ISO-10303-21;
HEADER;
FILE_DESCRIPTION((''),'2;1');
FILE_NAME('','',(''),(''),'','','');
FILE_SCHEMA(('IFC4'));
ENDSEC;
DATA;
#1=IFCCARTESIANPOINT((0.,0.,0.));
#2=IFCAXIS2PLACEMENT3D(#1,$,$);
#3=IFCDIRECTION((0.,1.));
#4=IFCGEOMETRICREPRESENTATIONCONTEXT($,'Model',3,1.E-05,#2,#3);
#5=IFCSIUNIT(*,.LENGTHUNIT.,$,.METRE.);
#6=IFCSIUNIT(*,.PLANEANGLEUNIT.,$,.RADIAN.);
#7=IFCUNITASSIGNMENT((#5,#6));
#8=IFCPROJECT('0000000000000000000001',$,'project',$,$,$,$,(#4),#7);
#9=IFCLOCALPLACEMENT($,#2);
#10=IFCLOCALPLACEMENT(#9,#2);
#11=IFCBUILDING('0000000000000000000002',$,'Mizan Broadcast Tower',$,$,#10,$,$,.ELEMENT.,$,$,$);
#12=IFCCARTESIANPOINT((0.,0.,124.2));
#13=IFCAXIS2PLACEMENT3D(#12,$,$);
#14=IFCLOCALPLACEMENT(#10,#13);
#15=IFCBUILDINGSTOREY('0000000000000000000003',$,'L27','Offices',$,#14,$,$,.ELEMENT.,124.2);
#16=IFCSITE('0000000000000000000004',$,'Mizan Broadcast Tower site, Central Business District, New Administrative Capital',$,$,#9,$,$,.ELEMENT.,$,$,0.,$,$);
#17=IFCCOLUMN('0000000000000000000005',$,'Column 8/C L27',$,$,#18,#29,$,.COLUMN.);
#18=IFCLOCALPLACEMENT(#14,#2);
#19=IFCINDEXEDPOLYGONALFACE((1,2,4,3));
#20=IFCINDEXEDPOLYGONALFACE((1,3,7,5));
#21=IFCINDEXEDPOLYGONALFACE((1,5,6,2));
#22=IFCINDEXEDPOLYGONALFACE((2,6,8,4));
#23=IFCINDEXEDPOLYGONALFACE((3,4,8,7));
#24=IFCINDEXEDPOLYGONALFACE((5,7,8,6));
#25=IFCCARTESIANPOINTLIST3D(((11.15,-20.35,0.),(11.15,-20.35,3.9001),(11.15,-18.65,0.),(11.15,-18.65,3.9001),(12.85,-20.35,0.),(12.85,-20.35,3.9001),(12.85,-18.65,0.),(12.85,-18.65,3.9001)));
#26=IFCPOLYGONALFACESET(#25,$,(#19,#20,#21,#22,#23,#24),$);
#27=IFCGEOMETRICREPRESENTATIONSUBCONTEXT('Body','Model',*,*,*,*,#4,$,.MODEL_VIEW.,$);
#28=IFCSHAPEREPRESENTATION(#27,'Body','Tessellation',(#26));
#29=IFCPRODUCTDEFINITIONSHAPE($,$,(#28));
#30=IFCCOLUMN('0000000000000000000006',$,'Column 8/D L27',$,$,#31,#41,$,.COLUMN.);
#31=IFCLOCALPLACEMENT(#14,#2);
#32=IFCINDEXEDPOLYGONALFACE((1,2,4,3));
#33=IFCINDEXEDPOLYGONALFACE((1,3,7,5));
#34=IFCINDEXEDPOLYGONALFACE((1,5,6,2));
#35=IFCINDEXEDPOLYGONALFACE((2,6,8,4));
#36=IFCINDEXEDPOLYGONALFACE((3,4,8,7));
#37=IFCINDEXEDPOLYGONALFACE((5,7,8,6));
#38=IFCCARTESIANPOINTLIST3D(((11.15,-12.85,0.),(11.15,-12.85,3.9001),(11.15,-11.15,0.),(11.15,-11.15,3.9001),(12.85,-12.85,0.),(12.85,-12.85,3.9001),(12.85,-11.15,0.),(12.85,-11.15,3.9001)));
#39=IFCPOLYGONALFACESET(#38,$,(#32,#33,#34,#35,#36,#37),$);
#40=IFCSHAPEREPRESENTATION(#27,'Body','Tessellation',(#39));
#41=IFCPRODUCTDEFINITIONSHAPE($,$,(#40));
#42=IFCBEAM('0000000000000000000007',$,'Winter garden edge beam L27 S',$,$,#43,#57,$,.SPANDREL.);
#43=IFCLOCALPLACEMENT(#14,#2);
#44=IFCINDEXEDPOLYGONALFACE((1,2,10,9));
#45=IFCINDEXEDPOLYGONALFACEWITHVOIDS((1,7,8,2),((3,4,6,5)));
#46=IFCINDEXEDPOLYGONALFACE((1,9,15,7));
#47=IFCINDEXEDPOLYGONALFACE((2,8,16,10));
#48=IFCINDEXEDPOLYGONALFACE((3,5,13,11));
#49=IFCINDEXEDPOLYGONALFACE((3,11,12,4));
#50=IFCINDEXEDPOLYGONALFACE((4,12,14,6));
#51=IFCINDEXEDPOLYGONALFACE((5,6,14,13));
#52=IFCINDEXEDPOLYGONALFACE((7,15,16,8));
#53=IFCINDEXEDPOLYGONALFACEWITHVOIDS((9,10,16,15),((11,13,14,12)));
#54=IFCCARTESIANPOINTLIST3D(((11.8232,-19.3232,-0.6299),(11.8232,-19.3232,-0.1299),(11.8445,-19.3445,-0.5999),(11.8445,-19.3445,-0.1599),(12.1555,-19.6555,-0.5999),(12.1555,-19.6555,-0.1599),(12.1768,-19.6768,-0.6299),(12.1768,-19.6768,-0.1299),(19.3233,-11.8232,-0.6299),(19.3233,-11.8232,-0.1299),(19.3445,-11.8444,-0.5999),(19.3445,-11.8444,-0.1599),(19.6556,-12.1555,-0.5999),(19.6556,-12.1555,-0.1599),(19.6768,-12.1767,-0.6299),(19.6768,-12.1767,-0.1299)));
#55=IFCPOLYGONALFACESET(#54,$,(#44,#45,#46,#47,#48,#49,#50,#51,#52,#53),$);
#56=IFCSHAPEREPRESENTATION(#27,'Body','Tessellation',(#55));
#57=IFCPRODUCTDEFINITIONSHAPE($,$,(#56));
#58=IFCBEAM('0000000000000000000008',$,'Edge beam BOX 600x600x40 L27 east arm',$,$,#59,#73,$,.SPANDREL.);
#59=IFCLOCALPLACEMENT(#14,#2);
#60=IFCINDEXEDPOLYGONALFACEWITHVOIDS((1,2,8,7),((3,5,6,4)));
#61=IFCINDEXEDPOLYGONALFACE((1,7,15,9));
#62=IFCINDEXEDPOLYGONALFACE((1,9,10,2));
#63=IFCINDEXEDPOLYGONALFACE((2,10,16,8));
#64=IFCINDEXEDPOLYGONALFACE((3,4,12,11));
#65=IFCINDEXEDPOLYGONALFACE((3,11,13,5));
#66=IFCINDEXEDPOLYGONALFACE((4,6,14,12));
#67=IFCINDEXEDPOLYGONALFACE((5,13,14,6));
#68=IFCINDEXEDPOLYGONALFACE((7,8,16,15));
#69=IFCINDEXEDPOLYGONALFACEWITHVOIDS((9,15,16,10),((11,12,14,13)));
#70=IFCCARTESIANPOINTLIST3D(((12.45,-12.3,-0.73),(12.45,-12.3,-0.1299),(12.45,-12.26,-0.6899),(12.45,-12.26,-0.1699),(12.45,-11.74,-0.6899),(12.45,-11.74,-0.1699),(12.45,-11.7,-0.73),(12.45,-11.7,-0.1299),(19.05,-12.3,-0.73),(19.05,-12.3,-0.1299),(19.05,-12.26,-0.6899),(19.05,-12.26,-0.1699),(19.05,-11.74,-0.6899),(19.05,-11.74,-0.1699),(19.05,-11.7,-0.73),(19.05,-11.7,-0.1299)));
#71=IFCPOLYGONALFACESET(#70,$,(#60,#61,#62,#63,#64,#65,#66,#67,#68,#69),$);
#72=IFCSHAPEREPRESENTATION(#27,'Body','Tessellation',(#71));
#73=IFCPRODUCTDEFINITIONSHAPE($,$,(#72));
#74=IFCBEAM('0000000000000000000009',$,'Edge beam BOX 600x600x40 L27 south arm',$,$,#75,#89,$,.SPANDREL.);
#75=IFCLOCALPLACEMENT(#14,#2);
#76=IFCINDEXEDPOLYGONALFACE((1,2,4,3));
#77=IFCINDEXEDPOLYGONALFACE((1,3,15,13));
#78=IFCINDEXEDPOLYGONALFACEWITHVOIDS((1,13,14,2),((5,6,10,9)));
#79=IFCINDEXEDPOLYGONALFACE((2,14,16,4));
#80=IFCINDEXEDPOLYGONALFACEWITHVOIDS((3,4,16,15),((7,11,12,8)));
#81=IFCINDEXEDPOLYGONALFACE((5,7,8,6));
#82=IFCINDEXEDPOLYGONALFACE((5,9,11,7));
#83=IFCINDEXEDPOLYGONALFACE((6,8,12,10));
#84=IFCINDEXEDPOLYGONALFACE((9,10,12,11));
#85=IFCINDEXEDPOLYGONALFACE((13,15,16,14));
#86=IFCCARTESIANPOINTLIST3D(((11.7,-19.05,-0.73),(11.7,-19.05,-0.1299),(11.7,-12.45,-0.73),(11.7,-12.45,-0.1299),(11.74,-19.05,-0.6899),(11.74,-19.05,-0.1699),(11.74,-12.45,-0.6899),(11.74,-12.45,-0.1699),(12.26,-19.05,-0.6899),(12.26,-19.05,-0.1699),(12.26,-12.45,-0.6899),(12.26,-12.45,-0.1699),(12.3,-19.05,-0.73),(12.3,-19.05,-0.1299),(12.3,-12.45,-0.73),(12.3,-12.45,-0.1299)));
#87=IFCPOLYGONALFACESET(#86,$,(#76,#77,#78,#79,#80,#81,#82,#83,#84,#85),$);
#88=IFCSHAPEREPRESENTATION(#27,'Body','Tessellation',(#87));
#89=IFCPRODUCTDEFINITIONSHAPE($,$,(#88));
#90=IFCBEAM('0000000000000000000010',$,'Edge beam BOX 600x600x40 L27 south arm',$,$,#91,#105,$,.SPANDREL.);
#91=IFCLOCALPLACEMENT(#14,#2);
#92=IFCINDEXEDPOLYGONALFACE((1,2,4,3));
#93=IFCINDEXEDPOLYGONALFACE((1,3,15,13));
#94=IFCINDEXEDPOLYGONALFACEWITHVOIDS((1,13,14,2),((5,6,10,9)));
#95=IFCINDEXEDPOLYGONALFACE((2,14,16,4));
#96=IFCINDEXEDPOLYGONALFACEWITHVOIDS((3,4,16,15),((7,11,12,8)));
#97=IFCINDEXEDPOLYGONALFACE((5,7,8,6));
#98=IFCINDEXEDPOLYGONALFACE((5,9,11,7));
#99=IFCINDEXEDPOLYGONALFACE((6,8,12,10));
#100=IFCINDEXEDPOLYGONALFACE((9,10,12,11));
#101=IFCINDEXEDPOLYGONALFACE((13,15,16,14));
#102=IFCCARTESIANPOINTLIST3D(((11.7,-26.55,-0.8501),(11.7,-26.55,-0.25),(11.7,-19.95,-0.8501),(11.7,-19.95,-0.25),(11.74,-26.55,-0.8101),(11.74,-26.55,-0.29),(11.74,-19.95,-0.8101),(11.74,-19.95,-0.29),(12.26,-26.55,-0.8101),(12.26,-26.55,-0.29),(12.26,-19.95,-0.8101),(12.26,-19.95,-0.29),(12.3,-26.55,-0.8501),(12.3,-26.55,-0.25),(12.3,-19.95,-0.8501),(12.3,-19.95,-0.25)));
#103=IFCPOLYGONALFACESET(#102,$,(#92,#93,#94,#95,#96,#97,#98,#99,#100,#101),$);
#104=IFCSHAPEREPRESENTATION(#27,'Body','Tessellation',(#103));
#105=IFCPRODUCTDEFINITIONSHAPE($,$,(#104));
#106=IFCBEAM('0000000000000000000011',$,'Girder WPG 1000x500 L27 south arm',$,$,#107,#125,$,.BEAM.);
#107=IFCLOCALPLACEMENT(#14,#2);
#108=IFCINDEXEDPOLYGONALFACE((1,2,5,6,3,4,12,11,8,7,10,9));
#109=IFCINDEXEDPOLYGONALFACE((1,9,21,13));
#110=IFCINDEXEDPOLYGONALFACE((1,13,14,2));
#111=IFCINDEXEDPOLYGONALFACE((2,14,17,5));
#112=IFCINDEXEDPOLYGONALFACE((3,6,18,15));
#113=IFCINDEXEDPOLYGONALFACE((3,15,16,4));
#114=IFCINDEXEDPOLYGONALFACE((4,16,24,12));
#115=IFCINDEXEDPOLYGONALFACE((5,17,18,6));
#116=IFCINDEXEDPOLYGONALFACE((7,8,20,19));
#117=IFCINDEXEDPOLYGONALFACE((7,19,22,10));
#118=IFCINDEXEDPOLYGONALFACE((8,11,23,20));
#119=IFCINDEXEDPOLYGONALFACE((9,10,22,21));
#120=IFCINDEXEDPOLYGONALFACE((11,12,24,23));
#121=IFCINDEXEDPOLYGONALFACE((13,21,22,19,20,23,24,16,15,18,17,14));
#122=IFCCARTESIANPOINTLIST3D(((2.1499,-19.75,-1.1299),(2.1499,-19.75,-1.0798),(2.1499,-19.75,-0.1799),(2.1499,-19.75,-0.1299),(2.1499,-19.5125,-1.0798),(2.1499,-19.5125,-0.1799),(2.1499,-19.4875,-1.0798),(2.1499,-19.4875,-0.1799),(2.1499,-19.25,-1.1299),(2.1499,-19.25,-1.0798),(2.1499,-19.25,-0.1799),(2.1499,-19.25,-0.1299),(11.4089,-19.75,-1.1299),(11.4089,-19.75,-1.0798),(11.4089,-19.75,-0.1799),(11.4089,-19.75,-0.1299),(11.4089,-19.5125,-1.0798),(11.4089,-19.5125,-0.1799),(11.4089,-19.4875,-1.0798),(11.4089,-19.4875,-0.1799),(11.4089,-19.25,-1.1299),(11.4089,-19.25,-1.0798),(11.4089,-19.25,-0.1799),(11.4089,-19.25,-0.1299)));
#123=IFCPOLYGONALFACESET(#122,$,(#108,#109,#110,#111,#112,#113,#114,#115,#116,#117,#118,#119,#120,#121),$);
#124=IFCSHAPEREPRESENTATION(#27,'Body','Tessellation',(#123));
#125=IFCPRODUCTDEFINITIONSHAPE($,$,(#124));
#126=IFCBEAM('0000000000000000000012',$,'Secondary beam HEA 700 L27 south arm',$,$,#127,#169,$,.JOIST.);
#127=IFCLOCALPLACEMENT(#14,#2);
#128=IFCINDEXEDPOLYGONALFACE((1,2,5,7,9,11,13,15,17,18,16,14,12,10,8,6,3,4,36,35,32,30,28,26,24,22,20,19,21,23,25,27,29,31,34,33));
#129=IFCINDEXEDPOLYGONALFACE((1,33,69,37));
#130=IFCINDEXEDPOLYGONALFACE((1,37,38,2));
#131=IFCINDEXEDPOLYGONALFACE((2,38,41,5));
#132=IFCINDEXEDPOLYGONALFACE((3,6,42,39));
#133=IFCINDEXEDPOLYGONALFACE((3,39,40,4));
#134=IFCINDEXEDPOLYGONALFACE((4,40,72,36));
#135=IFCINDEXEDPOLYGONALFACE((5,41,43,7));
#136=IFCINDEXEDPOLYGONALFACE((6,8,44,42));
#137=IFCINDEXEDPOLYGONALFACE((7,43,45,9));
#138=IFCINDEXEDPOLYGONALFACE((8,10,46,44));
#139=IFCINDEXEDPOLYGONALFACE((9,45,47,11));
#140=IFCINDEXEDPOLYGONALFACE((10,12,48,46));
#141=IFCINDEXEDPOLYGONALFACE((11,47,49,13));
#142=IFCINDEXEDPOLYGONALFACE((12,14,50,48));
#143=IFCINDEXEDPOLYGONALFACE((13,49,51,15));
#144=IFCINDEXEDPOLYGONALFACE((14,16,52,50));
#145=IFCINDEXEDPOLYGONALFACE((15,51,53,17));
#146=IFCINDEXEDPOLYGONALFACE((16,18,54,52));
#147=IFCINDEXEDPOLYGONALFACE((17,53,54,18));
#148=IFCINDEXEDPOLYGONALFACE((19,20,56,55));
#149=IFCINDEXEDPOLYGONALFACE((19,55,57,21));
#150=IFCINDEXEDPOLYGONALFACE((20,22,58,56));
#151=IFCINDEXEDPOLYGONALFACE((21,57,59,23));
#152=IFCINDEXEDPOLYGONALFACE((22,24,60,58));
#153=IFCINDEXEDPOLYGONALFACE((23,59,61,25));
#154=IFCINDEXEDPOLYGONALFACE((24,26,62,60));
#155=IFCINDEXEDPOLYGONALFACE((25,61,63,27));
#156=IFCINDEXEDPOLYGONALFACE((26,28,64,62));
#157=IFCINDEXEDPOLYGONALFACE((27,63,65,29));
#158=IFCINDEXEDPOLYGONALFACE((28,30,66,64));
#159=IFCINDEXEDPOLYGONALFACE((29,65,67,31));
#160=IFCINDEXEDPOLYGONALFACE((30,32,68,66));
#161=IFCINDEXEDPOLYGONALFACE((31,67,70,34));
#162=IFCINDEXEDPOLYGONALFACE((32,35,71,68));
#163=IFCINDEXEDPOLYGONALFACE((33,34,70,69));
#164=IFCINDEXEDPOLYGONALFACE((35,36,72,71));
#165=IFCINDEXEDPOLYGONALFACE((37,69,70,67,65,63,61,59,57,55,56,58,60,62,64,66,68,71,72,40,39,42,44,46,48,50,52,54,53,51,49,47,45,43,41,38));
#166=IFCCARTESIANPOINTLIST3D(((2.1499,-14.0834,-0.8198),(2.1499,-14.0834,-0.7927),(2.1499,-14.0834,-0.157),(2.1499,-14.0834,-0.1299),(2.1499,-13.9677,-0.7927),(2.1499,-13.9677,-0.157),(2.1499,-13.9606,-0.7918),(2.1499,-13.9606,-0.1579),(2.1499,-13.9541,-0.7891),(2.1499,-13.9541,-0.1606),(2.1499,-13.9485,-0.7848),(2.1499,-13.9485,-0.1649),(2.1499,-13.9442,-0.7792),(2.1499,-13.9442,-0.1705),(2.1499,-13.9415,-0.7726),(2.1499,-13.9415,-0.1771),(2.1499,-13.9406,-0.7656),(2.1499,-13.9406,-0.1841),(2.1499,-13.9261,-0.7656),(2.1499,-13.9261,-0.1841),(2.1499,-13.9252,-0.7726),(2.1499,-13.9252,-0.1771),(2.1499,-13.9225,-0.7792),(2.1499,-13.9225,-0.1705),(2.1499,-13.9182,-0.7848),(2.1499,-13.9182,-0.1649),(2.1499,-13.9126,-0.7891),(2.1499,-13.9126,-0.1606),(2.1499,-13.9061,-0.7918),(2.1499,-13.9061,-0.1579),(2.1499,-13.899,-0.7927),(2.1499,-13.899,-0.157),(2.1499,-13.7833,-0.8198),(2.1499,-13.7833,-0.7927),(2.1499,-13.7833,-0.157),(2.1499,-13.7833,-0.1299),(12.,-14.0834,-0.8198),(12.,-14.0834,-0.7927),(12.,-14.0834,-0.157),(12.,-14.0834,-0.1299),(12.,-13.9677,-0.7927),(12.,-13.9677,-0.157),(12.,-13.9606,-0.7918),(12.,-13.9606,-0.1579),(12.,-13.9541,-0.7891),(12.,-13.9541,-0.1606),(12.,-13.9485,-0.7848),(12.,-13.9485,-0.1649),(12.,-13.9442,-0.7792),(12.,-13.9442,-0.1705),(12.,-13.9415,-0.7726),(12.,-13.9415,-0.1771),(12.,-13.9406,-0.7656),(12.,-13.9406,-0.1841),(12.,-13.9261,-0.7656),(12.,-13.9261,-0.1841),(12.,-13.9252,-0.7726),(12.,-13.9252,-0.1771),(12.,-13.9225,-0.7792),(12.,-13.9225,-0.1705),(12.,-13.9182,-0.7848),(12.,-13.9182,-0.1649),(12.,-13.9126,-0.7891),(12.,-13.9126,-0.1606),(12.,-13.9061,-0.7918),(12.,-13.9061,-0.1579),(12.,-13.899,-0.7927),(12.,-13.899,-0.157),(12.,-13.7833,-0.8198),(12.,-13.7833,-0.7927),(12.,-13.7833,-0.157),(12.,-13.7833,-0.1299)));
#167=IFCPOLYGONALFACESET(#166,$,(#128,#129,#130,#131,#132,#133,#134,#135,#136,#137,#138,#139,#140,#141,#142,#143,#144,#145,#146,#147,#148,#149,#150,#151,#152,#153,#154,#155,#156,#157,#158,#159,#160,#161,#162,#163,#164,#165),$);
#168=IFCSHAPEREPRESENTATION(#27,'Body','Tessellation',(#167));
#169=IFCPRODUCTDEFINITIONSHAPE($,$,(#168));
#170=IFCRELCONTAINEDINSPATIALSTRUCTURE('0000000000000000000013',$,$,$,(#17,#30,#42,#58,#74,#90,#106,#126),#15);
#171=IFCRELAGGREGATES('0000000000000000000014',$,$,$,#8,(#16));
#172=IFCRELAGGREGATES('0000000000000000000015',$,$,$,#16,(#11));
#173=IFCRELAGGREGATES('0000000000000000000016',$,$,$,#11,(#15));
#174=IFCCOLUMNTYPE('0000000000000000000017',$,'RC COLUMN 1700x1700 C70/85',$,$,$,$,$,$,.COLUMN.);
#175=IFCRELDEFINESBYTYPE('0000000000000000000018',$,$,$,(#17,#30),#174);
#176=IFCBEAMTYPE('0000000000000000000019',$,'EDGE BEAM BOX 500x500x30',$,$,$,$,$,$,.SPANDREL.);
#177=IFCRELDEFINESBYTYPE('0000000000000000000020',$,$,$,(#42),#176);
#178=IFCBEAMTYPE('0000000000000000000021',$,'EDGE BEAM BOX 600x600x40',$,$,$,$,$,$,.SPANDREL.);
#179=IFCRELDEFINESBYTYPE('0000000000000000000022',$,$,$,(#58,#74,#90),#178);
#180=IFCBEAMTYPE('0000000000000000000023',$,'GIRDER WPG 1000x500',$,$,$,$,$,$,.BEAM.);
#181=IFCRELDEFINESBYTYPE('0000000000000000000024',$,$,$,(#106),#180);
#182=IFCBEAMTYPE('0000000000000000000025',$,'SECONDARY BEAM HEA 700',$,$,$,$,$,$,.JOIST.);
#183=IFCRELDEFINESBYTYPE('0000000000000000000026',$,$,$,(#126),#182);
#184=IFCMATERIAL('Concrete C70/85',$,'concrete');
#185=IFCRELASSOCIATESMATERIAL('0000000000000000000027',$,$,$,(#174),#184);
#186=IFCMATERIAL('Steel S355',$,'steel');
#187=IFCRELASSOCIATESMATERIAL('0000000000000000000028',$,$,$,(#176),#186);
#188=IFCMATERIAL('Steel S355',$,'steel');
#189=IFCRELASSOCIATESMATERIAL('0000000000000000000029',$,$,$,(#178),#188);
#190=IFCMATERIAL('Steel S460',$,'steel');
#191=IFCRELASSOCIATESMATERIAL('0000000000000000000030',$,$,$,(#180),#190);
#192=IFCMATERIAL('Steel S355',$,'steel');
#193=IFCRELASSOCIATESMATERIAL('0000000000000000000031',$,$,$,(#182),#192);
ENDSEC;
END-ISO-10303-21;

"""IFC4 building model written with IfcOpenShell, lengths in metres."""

from ifc_helpers import new_model, si_unit, direction, frame, origin, origin_2d, place, context, subcontext, project, spatial, rectangle, hollow_rectangle, i_section, extrude, material, material_profile, profile_set, type_object, element, save


model = new_model("IFC4")

# Units and contexts
model_context = context("Model", 3, precision=1e-05, world=origin(), true_north=direction((0.0, 1.0)))
body_context = subcontext(model_context, "Body", "Model", "MODEL_VIEW")
ifc_project = project(units=[si_unit("LENGTHUNIT", "METRE"), si_unit("PLANEANGLEUNIT", "RADIAN")], contexts=[model_context])

# Site, building, storey
site_placement = place(None, origin())
site = spatial("IfcSite", under=ifc_project, at=site_placement, Name="Mizan Broadcast Tower site, Central Business District, New Administrative Capital", CompositionType="ELEMENT", RefElevation=0.0)
building_placement = place(site_placement, origin())
building = spatial("IfcBuilding", under=site, at=building_placement, Name="Mizan Broadcast Tower", CompositionType="ELEMENT")
storey_placement = place(building_placement, frame((0.0, 0.0, 124.2)))
storey = spatial("IfcBuildingStorey", under=building, at=storey_placement, Name="L27", Description="Offices", CompositionType="ELEMENT", Elevation=124.2)

# Columns
ifc_material_1 = material(Name="Concrete C70/85", Category="concrete")
ifc_material_profile_1 = material_profile(ifc_material_1, rectangle(XDim=1.7, YDim=1.7, at=origin_2d()), Name="RC 1700x1700")
ifc_profile_set_1 = profile_set([ifc_material_profile_1], Name="Concrete C70/85")
column_type = type_object("IfcColumnType", Name="RC COLUMN 1700x1700 C70/85", PredefinedType="COLUMN", material=ifc_profile_set_1)
for number, where, z_axis, x_axis, name in (
    (1, (12.0, -19.5, 0.0), (0.0, 0.0, 1.0), (1.0, 0.0, 0.0), "Column 8/C L27"),
    (2, (12.0, -12.0, 0.0), (0.0, 0.0, 1.0), (1.0, 0.0, 0.0), "Column 8/D L27"),
):
    element("IfcColumn", number, at=place(storey_placement, frame(where, z_axis=z_axis, x_axis=x_axis)), inside=storey, type_object=column_type, Name=name, PredefinedType="COLUMN", context=body_context, shape_type="SweptSolid", body=[
        extrude(rectangle(XDim=1.7, YDim=1.7, at=origin_2d()), origin(), (0.0, 0.0, 1.0), 3.9001),
    ])

# Beams
ifc_material_2 = material(Name="Steel S355", Category="steel")
ifc_material_profile_2 = material_profile(ifc_material_2, hollow_rectangle(XDim=0.5, YDim=0.5, WallThickness=0.03, at=origin_2d()), Name="BOX 500x500x30")
ifc_profile_set_2 = profile_set([ifc_material_profile_2], Name="Steel S355")
beam_type_1 = type_object("IfcBeamType", Name="EDGE BEAM BOX 500x500x30", PredefinedType="SPANDREL", material=ifc_profile_set_2)
beam_1_placement = place(storey_placement, frame((12.0, -19.5, -0.3799), z_axis=(0.707107, 0.707107, 0.0), x_axis=(-0.707107, 0.707107, 0.0)))
element("IfcBeam", 3, at=beam_1_placement, inside=storey, type_object=beam_type_1, Name="Winter garden edge beam L27 S", PredefinedType="SPANDREL", context=body_context, shape_type="SweptSolid", body=[
    extrude(hollow_rectangle(XDim=0.5, YDim=0.5, WallThickness=0.03, at=origin_2d()), origin(), (0.0, 0.0, 1.0), 10.6067),
])
ifc_material_3 = material(Name="Steel S355", Category="steel")
ifc_material_profile_3 = material_profile(ifc_material_3, hollow_rectangle(XDim=0.6001, YDim=0.6001, WallThickness=0.04, at=origin_2d()), Name="BOX 600x600x40")
ifc_profile_set_3 = profile_set([ifc_material_profile_3], Name="Steel S355")
beam_type_2 = type_object("IfcBeamType", Name="EDGE BEAM BOX 600x600x40", PredefinedType="SPANDREL", material=ifc_profile_set_3)
for number, where, z_axis, x_axis, name in (
    (4, (12.45, -12.0, -0.4299), (1.0, 0.0, 0.0), (0.0, 1.0, 0.0), "Edge beam BOX 600x600x40 L27 east arm"),
    (5, (12.0, -12.45, -0.4299), (0.0, -1.0, 0.0), (1.0, 0.0, 0.0), "Edge beam BOX 600x600x40 L27 south arm"),
    (6, (12.0, -19.95, -0.55), (0.0, -1.0, 0.0), (1.0, 0.0, 0.0), "Edge beam BOX 600x600x40 L27 south arm"),
):
    element("IfcBeam", number, at=place(storey_placement, frame(where, z_axis=z_axis, x_axis=x_axis)), inside=storey, type_object=beam_type_2, Name=name, PredefinedType="SPANDREL", context=body_context, shape_type="SweptSolid", body=[
        extrude(hollow_rectangle(XDim=0.6001, YDim=0.6001, WallThickness=0.04, at=origin_2d()), origin(), (0.0, 0.0, 1.0), 6.6001),
    ])
ifc_material_4 = material(Name="Steel S460", Category="steel")
ifc_material_profile_4 = material_profile(ifc_material_4, i_section(OverallWidth=0.5, OverallDepth=1.0, WebThickness=0.0249, FlangeThickness=0.05, at=origin_2d()), Name="WPG 1000x500")
ifc_profile_set_4 = profile_set([ifc_material_profile_4], Name="Steel S460")
beam_type_3 = type_object("IfcBeamType", Name="GIRDER WPG 1000x500", PredefinedType="BEAM", material=ifc_profile_set_4)
beam_2_placement = place(storey_placement, frame((11.4089, -19.5, -0.6299), z_axis=(-1.0, 0.0, 0.0), x_axis=(0.0, -1.0, 0.0)))
element("IfcBeam", 7, at=beam_2_placement, inside=storey, type_object=beam_type_3, Name="Girder WPG 1000x500 L27 south arm", PredefinedType="BEAM", context=body_context, shape_type="SweptSolid", body=[
    extrude(i_section(OverallWidth=0.5, OverallDepth=1.0, WebThickness=0.0249, FlangeThickness=0.05, at=origin_2d()), origin(), (0.0, 0.0, 1.0), 9.259),
])
ifc_material_5 = material(Name="Steel S355", Category="steel")
ifc_material_profile_5 = material_profile(ifc_material_5, i_section(OverallWidth=0.3, OverallDepth=0.6899, WebThickness=0.0144, FlangeThickness=0.0271, FilletRadius=0.0271, at=origin_2d()), Name="HEA 700")
ifc_profile_set_5 = profile_set([ifc_material_profile_5], Name="Steel S355")
beam_type_4 = type_object("IfcBeamType", Name="SECONDARY BEAM HEA 700", PredefinedType="JOIST", material=ifc_profile_set_5)
for number, where, z_axis, x_axis, name in (
    (8, (12.0, -13.9333, -0.4749), (-1.0, 0.0, 0.0), (0.0, -1.0, 0.0), "Secondary beam HEA 700 L27 south arm"),
):
    element("IfcBeam", number, at=place(storey_placement, frame(where, z_axis=z_axis, x_axis=x_axis)), inside=storey, type_object=beam_type_4, Name=name, PredefinedType="JOIST", context=body_context, shape_type="SweptSolid", body=[
        extrude(i_section(OverallWidth=0.3, OverallDepth=0.6899, WebThickness=0.0144, FlangeThickness=0.0271, FilletRadius=0.0271, at=origin_2d()), origin(), (0.0, 0.0, 1.0), 9.8501),
    ])

save(model, "model.ifc")
